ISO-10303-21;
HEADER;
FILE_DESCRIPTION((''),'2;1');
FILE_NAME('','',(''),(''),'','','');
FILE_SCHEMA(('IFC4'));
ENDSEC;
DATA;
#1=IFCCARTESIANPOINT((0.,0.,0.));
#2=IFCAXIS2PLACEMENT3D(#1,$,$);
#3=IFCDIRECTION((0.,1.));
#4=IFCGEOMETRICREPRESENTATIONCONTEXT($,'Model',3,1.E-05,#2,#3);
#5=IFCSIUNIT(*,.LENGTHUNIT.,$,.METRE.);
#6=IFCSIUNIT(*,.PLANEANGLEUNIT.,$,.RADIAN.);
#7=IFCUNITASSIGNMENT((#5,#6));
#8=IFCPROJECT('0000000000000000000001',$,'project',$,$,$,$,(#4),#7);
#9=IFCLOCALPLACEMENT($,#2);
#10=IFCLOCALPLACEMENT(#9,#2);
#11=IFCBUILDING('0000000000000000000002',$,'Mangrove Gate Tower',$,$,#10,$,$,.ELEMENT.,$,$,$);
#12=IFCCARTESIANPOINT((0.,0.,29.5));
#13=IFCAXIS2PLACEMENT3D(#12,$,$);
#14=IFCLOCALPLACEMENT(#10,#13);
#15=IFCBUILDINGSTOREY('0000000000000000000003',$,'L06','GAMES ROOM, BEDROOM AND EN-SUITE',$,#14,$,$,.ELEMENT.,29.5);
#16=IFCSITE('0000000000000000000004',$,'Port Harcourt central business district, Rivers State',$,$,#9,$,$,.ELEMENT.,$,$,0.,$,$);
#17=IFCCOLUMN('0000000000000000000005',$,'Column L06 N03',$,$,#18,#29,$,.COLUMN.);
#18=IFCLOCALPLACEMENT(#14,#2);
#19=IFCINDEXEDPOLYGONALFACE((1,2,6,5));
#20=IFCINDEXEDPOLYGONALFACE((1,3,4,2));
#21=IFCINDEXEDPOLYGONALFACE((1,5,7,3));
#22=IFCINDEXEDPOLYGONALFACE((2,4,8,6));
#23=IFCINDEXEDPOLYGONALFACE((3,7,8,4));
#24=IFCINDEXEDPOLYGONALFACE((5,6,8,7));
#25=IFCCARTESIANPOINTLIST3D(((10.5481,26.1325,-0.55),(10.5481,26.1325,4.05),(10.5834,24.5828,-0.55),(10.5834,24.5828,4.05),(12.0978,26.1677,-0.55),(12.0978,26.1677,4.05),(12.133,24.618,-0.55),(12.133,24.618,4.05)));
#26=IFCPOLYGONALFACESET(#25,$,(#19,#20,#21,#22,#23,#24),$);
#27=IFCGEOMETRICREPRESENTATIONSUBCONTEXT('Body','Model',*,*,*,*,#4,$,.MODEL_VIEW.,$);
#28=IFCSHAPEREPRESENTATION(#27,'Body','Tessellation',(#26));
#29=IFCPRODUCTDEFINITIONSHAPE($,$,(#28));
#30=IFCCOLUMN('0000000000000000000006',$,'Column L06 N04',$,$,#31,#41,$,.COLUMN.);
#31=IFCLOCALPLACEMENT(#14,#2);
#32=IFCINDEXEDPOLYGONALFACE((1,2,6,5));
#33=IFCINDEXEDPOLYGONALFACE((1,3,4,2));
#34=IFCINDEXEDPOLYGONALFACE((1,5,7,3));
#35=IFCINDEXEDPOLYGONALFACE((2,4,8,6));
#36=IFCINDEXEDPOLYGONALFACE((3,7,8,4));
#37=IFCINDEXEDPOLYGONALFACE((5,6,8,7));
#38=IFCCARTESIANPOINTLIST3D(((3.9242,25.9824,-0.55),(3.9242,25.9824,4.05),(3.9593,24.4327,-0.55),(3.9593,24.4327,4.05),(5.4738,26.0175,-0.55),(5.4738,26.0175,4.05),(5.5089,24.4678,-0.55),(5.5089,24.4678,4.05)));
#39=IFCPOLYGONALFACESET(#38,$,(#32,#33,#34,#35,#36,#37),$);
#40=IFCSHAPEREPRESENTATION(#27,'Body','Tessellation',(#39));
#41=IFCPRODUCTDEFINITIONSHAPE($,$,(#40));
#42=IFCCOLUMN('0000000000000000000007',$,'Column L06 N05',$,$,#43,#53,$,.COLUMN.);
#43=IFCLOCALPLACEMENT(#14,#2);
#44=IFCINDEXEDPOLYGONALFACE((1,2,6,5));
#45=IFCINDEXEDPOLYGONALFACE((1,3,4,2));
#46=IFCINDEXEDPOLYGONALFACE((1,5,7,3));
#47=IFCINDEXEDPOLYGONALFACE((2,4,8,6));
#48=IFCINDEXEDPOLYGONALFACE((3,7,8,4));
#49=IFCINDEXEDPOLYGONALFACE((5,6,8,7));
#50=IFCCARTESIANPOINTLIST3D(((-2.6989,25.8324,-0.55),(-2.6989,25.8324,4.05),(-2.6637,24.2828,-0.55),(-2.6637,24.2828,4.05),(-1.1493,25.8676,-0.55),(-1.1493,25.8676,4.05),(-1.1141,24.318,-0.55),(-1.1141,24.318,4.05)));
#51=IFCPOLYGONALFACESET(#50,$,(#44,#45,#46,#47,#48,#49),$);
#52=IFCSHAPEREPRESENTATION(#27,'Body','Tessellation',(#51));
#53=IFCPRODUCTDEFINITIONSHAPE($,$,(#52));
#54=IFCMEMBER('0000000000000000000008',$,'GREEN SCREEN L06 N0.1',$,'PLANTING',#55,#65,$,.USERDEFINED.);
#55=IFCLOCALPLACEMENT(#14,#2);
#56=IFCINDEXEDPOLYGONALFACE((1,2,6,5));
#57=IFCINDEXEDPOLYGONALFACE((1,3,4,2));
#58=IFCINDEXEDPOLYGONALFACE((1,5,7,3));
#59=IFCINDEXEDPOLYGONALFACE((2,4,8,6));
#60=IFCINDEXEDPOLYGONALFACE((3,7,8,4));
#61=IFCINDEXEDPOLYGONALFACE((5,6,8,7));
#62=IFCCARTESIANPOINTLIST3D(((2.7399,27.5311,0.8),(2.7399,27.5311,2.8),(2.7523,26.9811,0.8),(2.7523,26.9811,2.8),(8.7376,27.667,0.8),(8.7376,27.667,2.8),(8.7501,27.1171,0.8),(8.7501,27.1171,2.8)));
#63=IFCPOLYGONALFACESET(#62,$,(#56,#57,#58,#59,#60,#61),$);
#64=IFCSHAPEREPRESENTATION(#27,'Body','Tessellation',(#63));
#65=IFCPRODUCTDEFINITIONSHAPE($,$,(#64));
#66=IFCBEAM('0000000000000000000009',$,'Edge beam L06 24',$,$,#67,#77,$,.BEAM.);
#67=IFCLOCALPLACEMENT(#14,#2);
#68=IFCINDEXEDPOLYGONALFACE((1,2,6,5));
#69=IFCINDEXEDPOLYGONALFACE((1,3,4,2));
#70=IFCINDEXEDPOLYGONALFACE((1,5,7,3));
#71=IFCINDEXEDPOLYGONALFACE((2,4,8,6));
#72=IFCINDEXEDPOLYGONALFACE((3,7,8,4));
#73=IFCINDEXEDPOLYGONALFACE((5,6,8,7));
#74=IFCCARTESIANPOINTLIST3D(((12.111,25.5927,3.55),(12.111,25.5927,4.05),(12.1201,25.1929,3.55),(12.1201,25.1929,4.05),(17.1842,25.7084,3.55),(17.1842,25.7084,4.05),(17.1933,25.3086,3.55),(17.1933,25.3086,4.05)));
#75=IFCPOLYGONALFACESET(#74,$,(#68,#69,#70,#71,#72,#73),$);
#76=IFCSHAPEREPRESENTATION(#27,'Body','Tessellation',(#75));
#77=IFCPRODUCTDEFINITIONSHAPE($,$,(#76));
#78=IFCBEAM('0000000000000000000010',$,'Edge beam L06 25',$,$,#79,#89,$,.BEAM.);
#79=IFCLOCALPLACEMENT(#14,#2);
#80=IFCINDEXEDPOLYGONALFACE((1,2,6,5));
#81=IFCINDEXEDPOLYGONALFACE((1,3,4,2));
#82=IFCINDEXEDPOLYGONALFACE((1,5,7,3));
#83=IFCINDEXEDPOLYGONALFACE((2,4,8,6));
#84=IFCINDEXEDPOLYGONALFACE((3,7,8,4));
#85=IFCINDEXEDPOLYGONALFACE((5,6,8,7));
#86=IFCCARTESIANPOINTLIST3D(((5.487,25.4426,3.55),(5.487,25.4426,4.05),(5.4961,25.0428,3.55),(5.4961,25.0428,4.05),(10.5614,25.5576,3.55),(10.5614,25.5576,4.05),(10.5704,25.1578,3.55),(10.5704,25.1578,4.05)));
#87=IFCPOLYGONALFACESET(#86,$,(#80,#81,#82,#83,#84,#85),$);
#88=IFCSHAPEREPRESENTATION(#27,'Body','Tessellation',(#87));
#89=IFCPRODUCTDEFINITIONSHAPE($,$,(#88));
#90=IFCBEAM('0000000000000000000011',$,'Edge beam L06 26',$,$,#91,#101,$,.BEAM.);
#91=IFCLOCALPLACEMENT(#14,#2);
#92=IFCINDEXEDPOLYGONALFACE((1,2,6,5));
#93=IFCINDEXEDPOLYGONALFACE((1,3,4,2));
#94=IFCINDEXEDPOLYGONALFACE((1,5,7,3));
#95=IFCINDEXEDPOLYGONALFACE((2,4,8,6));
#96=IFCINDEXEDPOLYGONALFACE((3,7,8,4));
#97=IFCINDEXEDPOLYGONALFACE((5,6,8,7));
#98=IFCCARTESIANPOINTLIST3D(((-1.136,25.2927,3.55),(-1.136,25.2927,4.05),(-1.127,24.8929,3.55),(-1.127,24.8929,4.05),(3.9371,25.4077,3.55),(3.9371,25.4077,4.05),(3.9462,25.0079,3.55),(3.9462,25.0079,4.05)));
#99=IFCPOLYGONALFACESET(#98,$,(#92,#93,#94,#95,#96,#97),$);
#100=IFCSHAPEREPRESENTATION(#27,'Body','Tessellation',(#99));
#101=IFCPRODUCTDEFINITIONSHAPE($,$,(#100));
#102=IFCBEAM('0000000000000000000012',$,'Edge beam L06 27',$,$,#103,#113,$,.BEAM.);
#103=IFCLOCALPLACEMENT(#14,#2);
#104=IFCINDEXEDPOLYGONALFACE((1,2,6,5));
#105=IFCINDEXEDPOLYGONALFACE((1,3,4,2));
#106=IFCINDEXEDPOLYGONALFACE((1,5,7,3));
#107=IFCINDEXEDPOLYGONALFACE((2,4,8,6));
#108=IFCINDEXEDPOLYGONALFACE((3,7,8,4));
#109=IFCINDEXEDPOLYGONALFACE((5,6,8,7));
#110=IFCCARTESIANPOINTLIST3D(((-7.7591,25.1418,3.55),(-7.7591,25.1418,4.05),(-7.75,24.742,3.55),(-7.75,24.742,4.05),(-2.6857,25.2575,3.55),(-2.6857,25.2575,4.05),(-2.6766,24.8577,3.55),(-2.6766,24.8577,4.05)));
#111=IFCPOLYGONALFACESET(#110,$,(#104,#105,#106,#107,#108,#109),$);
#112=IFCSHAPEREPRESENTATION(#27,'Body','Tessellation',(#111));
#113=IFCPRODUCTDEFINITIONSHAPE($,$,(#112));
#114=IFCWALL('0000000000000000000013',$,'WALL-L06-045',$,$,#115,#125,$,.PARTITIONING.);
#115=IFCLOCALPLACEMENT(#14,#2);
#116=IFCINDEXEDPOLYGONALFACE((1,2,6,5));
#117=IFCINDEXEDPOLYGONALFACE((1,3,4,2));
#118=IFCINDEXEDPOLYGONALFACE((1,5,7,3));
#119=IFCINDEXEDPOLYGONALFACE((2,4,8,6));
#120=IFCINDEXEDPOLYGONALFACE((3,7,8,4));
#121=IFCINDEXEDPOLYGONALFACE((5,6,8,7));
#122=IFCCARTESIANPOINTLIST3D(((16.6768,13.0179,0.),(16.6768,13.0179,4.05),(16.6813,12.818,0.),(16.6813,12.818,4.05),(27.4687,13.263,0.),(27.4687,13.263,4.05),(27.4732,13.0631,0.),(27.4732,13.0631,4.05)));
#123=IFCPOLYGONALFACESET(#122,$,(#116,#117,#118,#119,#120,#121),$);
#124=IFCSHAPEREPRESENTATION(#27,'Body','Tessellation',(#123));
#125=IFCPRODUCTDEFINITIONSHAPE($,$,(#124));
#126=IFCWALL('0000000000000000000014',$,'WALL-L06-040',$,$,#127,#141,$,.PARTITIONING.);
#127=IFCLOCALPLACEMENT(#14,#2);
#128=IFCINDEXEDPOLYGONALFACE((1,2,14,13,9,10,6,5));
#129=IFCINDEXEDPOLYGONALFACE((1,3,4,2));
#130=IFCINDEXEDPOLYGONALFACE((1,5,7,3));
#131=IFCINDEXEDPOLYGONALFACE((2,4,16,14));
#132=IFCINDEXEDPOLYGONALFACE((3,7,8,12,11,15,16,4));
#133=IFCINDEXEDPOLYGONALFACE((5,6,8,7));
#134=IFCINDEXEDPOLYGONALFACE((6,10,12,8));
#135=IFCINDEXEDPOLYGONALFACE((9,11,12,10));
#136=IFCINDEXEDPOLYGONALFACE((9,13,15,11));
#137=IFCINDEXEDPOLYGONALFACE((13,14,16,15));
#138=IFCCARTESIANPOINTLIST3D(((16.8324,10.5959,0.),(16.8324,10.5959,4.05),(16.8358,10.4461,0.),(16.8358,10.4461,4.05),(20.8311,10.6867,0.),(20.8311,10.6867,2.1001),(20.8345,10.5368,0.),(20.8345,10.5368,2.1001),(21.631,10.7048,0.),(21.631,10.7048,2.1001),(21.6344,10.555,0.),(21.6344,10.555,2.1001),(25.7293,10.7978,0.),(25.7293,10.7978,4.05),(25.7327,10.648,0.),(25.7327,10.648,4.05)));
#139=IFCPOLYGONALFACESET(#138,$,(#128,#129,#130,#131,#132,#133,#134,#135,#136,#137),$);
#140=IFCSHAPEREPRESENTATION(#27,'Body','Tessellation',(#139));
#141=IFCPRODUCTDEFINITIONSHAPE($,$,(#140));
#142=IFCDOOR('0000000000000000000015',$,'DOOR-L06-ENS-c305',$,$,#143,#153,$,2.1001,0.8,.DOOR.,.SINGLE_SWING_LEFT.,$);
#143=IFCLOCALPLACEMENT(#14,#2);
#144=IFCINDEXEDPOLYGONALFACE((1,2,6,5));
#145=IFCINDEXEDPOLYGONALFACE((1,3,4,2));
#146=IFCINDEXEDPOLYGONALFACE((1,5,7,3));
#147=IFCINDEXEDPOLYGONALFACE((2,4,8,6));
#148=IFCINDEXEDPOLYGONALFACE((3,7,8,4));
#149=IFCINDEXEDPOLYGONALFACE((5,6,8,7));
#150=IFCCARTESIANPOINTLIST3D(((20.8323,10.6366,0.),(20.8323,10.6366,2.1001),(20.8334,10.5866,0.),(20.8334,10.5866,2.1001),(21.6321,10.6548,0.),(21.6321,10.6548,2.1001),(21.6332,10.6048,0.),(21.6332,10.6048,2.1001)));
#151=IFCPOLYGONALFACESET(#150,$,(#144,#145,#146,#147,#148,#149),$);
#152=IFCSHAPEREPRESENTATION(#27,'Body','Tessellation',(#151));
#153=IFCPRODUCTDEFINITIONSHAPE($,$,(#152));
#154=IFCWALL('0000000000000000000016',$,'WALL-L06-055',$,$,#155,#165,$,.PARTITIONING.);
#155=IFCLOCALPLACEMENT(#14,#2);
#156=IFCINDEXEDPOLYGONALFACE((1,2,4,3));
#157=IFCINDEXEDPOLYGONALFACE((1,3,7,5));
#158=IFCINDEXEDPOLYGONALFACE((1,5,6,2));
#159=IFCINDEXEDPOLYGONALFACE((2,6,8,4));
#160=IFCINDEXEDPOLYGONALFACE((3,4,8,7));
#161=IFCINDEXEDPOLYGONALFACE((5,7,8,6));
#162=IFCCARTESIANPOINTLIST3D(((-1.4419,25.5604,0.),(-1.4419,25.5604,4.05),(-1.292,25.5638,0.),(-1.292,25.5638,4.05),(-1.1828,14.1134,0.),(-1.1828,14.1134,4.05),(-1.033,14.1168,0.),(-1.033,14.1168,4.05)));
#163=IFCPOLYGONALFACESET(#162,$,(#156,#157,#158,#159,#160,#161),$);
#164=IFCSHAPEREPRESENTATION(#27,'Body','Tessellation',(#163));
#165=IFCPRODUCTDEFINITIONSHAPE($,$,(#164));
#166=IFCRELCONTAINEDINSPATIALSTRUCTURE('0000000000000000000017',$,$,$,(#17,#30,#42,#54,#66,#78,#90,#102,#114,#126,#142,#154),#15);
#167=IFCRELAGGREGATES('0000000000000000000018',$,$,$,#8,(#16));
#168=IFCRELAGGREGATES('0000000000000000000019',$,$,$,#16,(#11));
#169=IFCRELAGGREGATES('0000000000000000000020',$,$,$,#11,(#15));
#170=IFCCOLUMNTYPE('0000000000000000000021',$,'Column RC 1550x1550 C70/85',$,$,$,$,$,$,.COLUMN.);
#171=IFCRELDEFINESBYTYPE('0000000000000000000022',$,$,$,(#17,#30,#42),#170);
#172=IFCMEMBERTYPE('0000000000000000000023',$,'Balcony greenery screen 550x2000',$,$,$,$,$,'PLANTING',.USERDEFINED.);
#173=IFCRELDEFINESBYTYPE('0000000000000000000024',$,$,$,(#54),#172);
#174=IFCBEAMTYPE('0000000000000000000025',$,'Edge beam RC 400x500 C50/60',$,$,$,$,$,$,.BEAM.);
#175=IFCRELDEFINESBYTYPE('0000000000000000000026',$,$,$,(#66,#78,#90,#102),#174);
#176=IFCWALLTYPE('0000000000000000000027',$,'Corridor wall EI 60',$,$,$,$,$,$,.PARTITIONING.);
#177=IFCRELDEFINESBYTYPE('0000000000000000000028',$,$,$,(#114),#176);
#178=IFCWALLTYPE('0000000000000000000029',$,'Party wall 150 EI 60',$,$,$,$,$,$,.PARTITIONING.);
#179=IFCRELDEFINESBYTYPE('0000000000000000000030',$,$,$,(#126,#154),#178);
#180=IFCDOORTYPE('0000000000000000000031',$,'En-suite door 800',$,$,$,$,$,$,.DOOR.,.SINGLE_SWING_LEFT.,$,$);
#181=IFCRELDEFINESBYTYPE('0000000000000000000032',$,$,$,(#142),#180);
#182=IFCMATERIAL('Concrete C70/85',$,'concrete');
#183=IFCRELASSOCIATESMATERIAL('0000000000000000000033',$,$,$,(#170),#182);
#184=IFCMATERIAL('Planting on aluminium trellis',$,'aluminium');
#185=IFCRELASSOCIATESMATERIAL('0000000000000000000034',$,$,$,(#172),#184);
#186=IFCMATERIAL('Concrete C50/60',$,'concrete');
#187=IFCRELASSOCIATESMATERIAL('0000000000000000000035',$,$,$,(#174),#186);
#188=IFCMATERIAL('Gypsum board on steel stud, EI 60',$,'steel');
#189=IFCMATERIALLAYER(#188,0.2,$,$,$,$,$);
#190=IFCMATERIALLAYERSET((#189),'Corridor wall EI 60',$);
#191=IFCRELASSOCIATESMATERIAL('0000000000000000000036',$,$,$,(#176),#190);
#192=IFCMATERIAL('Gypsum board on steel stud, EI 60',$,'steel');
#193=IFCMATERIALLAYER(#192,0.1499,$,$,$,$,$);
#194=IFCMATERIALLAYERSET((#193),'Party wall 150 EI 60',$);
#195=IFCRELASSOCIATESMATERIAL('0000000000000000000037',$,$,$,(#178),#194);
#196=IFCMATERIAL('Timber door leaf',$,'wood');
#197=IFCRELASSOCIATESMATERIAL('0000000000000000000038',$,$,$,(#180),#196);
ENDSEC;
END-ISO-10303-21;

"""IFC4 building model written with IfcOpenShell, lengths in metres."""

from ifc_helpers import new_model, si_unit, direction, frame, frame_2d, origin, origin_2d, place, context, subcontext, project, spatial, rectangle, extrude, material, layer, layer_set, material_profile, profile_set, type_object, element, fill, save


model = new_model("IFC4")

# Units and contexts
model_context = context("Model", 3, precision=1e-05, world=origin(), true_north=direction((0.0, 1.0)))
body_context = subcontext(model_context, "Body", "Model", "MODEL_VIEW")
ifc_project = project(units=[si_unit("LENGTHUNIT", "METRE"), si_unit("PLANEANGLEUNIT", "RADIAN")], contexts=[model_context])

# Site, building, storey
site_placement = place(None, origin())
site = spatial("IfcSite", under=ifc_project, at=site_placement, Name="Port Harcourt central business district, Rivers State", CompositionType="ELEMENT", RefElevation=0.0)
building_placement = place(site_placement, origin())
building = spatial("IfcBuilding", under=site, at=building_placement, Name="Mangrove Gate Tower", CompositionType="ELEMENT")
storey_placement = place(building_placement, frame((0.0, 0.0, 29.5)))
storey = spatial("IfcBuildingStorey", under=building, at=storey_placement, Name="L06", Description="GAMES ROOM, BEDROOM AND EN-SUITE", CompositionType="ELEMENT", Elevation=29.5)

# Columns
ifc_material_1 = material(Name="Concrete C70/85", Category="concrete")
ifc_material_profile_1 = material_profile(ifc_material_1, rectangle(XDim=1.55, YDim=1.55, at=origin_2d()))
ifc_profile_set_1 = profile_set([ifc_material_profile_1], Name="Concrete C70/85")
column_type = type_object("IfcColumnType", Name="Column RC 1550x1550 C70/85", PredefinedType="COLUMN", material=ifc_profile_set_1)
for number, where, z_axis, x_axis, name in (
    (1, (11.3406, 25.3752, -0.55), (0.0, 0.0, 1.0), (-0.999742, -0.022716, 0.0), "Column L06 N03"),
    (2, (4.7166, 25.2251, -0.55), (0.0, 0.0, 1.0), (-0.999744, -0.022641, 0.0), "Column L06 N04"),
    (3, (-1.9065, 25.0752, -0.55), (0.0, 0.0, 1.0), (-0.999742, -0.022718, 0.0), "Column L06 N05"),
):
    element("IfcColumn", number, at=place(storey_placement, frame(where, z_axis=z_axis, x_axis=x_axis)), inside=storey, type_object=column_type, Name=name, PredefinedType="COLUMN", context=body_context, shape_type="SweptSolid", body=[
        extrude(rectangle(XDim=1.55, YDim=1.55, at=origin_2d()), origin(), (0.0, 0.0, 1.0), 4.6001),
    ])

# Member
ifc_material_2 = material(Name="Planting on aluminium trellis", Category="aluminium")
ifc_material_profile_2 = material_profile(ifc_material_2, rectangle(XDim=0.55, YDim=2.0, at=origin_2d()))
ifc_profile_set_2 = profile_set([ifc_material_profile_2], Name="Planting on aluminium trellis")
member_type = type_object("IfcMemberType", Name="Balcony greenery screen 550x2000", ElementType="PLANTING", PredefinedType="USERDEFINED", material=ifc_profile_set_2)
member_placement = place(storey_placement, frame((2.7461, 27.2561, 1.8), z_axis=(0.999743, 0.022667, 0.0), x_axis=(-0.022667, 0.999743, 0.0)))
element("IfcMember", 4, at=member_placement, inside=storey, type_object=member_type, Name="GREEN SCREEN L06 N0.1", ObjectType="PLANTING", PredefinedType="USERDEFINED", context=body_context, shape_type="SweptSolid", body=[
    extrude(rectangle(XDim=0.55, YDim=2.0, at=origin_2d()), origin(), (0.0, 0.0, 1.0), 5.9993),
])

# Beams
ifc_material_3 = material(Name="Concrete C50/60", Category="concrete")
ifc_material_profile_3 = material_profile(ifc_material_3, rectangle(XDim=0.3999, YDim=0.5, at=origin_2d()))
ifc_profile_set_3 = profile_set([ifc_material_profile_3], Name="Concrete C50/60")
beam_type = type_object("IfcBeamType", Name="Edge beam RC 400x500 C50/60", PredefinedType="BEAM", material=ifc_profile_set_3)
beam_1_placement = place(storey_placement, frame((17.1887, 25.5085, 3.8), z_axis=(-0.99974, -0.022804, 0.0), x_axis=(0.022804, -0.99974, 0.0)))
element("IfcBeam", 5, at=beam_1_placement, inside=storey, type_object=beam_type, Name="Edge beam L06 24", PredefinedType="BEAM", context=body_context, shape_type="SweptSolid", body=[
    extrude(rectangle(XDim=0.3999, YDim=0.5, at=origin_2d()), origin(), (0.0, 0.0, 1.0), 5.0745),
])
beam_2_placement = place(storey_placement, frame((10.5659, 25.3577, 3.8), z_axis=(-0.999743, -0.022655, 0.0), x_axis=(0.022655, -0.999743, 0.0)))
element("IfcBeam", 6, at=beam_2_placement, inside=storey, type_object=beam_type, Name="Edge beam L06 25", PredefinedType="BEAM", context=body_context, shape_type="SweptSolid", body=[
    extrude(rectangle(XDim=0.3999, YDim=0.5, at=origin_2d()), origin(), (0.0, 0.0, 1.0), 5.0757),
])
beam_3_placement = place(storey_placement, frame((3.9417, 25.2078, 3.8), z_axis=(-0.999743, -0.02266, 0.0), x_axis=(0.02266, -0.999743, 0.0)))
element("IfcBeam", 7, at=beam_3_placement, inside=storey, type_object=beam_type, Name="Edge beam L06 26", PredefinedType="BEAM", context=body_context, shape_type="SweptSolid", body=[
    extrude(rectangle(XDim=0.3999, YDim=0.5, at=origin_2d()), origin(), (0.0, 0.0, 1.0), 5.0745),
])
beam_4_placement = place(storey_placement, frame((-2.6812, 25.0576, 3.8), z_axis=(-0.99974, -0.022803, 0.0), x_axis=(0.022803, -0.99974, 0.0)))
element("IfcBeam", 8, at=beam_4_placement, inside=storey, type_object=beam_type, Name="Edge beam L06 27", PredefinedType="BEAM", context=body_context, shape_type="SweptSolid", body=[
    extrude(rectangle(XDim=0.3999, YDim=0.5, at=origin_2d()), origin(), (0.0, 0.0, 1.0), 5.0747),
])

# Wall
ifc_material_4 = material(Name="Gypsum board on steel stud, EI 60", Category="steel")
ifc_layer_1 = layer(ifc_material_4, 0.2)
ifc_layer_set_1 = layer_set([ifc_layer_1], Name="Corridor wall EI 60")
wall_type_1 = type_object("IfcWallType", Name="Corridor wall EI 60", PredefinedType="PARTITIONING", material=ifc_layer_set_1)
wall_1_placement = place(storey_placement, frame((16.679, 12.918, 0.0), z_axis=(0.0, 0.0, 1.0), x_axis=(0.999742, 0.022707, 0.0)))
element("IfcWall", 9, at=wall_1_placement, inside=storey, type_object=wall_type_1, Name="WALL-L06-045", PredefinedType="PARTITIONING", context=body_context, shape_type="SweptSolid", body=[
    extrude(rectangle(XDim=10.7947, YDim=0.2, at=frame_2d((5.3975, 0.0))), origin(), (0.0, 0.0, 1.0), 4.05),
])

# Wall, opening, door
ifc_material_5 = material(Name="Gypsum board on steel stud, EI 60", Category="steel")
ifc_layer_2 = layer(ifc_material_5, 0.1499)
ifc_layer_set_2 = layer_set([ifc_layer_2], Name="Party wall 150 EI 60")
wall_type_2 = type_object("IfcWallType", Name="Party wall 150 EI 60", PredefinedType="PARTITIONING", material=ifc_layer_set_2)
wall_2_placement = place(storey_placement, frame((16.834, 10.521, 0.0), z_axis=(0.0, 0.0, 1.0), x_axis=(0.999743, 0.022688, 0.0)))
wall_2 = element("IfcWall", 10, at=wall_2_placement, inside=storey, type_object=wall_type_2, Name="WALL-L06-040", PredefinedType="PARTITIONING", context=body_context, shape_type="SweptSolid", body=[
    extrude(rectangle(XDim=8.8992, YDim=0.1499, at=frame_2d((4.4497, 0.0))), origin(), (0.0, 0.0, 1.0), 4.05),
])
opening_1_placement = place(wall_2_placement, frame((4.0, 0.0, 0.0)))
opening_1 = element("IfcOpeningElement", 11, at=opening_1_placement, cuts=wall_2, PredefinedType="OPENING", context=body_context, shape_type="SweptSolid", body=[
    extrude(rectangle(XDim=0.8, YDim=2.1001, at=frame_2d((0.3999, 1.05))), frame((0.0, 0.085, 0.0), z_axis=(0.0, -1.0, 0.0), x_axis=(1.0, 0.0, 0.0)), (0.0, 0.0, 1.0), 0.1699),
])
ifc_material_6 = material(Name="Timber door leaf", Category="wood")
door_type = type_object("IfcDoorType", Name="En-suite door 800", OperationType="SINGLE_SWING_LEFT", PredefinedType="DOOR", material=ifc_material_6)
door_1_placement = place(opening_1_placement, origin())
door_1 = element("IfcDoor", 12, at=door_1_placement, inside=storey, type_object=door_type, Name="DOOR-L06-ENS-c305", OperationType="SINGLE_SWING_LEFT", OverallHeight=2.1001, OverallWidth=0.8, PredefinedType="DOOR", context=body_context, shape_type="SweptSolid", body=[
    extrude(rectangle(XDim=0.8, YDim=2.1001, at=frame_2d((0.3999, 1.05))), frame((0.0, 0.0249, 0.0), z_axis=(0.0, -1.0, 0.0), x_axis=(1.0, 0.0, 0.0)), (0.0, 0.0, 1.0), 0.05),
])
fill(opening_1, door_1)

# Wall
wall_3_placement = place(storey_placement, frame((-1.1079, 14.115, 0.0), z_axis=(0.0, 0.0, 1.0), x_axis=(-0.022623, 0.999744, 0.0)))
element("IfcWall", 13, at=wall_3_placement, inside=storey, type_object=wall_type_2, Name="WALL-L06-055", PredefinedType="PARTITIONING", context=body_context, shape_type="SweptSolid", body=[
    extrude(rectangle(XDim=11.45, YDim=0.1499, at=frame_2d((5.7251, 0.0))), origin(), (0.0, 0.0, 1.0), 4.05),
])

save(model, "model.ifc")
